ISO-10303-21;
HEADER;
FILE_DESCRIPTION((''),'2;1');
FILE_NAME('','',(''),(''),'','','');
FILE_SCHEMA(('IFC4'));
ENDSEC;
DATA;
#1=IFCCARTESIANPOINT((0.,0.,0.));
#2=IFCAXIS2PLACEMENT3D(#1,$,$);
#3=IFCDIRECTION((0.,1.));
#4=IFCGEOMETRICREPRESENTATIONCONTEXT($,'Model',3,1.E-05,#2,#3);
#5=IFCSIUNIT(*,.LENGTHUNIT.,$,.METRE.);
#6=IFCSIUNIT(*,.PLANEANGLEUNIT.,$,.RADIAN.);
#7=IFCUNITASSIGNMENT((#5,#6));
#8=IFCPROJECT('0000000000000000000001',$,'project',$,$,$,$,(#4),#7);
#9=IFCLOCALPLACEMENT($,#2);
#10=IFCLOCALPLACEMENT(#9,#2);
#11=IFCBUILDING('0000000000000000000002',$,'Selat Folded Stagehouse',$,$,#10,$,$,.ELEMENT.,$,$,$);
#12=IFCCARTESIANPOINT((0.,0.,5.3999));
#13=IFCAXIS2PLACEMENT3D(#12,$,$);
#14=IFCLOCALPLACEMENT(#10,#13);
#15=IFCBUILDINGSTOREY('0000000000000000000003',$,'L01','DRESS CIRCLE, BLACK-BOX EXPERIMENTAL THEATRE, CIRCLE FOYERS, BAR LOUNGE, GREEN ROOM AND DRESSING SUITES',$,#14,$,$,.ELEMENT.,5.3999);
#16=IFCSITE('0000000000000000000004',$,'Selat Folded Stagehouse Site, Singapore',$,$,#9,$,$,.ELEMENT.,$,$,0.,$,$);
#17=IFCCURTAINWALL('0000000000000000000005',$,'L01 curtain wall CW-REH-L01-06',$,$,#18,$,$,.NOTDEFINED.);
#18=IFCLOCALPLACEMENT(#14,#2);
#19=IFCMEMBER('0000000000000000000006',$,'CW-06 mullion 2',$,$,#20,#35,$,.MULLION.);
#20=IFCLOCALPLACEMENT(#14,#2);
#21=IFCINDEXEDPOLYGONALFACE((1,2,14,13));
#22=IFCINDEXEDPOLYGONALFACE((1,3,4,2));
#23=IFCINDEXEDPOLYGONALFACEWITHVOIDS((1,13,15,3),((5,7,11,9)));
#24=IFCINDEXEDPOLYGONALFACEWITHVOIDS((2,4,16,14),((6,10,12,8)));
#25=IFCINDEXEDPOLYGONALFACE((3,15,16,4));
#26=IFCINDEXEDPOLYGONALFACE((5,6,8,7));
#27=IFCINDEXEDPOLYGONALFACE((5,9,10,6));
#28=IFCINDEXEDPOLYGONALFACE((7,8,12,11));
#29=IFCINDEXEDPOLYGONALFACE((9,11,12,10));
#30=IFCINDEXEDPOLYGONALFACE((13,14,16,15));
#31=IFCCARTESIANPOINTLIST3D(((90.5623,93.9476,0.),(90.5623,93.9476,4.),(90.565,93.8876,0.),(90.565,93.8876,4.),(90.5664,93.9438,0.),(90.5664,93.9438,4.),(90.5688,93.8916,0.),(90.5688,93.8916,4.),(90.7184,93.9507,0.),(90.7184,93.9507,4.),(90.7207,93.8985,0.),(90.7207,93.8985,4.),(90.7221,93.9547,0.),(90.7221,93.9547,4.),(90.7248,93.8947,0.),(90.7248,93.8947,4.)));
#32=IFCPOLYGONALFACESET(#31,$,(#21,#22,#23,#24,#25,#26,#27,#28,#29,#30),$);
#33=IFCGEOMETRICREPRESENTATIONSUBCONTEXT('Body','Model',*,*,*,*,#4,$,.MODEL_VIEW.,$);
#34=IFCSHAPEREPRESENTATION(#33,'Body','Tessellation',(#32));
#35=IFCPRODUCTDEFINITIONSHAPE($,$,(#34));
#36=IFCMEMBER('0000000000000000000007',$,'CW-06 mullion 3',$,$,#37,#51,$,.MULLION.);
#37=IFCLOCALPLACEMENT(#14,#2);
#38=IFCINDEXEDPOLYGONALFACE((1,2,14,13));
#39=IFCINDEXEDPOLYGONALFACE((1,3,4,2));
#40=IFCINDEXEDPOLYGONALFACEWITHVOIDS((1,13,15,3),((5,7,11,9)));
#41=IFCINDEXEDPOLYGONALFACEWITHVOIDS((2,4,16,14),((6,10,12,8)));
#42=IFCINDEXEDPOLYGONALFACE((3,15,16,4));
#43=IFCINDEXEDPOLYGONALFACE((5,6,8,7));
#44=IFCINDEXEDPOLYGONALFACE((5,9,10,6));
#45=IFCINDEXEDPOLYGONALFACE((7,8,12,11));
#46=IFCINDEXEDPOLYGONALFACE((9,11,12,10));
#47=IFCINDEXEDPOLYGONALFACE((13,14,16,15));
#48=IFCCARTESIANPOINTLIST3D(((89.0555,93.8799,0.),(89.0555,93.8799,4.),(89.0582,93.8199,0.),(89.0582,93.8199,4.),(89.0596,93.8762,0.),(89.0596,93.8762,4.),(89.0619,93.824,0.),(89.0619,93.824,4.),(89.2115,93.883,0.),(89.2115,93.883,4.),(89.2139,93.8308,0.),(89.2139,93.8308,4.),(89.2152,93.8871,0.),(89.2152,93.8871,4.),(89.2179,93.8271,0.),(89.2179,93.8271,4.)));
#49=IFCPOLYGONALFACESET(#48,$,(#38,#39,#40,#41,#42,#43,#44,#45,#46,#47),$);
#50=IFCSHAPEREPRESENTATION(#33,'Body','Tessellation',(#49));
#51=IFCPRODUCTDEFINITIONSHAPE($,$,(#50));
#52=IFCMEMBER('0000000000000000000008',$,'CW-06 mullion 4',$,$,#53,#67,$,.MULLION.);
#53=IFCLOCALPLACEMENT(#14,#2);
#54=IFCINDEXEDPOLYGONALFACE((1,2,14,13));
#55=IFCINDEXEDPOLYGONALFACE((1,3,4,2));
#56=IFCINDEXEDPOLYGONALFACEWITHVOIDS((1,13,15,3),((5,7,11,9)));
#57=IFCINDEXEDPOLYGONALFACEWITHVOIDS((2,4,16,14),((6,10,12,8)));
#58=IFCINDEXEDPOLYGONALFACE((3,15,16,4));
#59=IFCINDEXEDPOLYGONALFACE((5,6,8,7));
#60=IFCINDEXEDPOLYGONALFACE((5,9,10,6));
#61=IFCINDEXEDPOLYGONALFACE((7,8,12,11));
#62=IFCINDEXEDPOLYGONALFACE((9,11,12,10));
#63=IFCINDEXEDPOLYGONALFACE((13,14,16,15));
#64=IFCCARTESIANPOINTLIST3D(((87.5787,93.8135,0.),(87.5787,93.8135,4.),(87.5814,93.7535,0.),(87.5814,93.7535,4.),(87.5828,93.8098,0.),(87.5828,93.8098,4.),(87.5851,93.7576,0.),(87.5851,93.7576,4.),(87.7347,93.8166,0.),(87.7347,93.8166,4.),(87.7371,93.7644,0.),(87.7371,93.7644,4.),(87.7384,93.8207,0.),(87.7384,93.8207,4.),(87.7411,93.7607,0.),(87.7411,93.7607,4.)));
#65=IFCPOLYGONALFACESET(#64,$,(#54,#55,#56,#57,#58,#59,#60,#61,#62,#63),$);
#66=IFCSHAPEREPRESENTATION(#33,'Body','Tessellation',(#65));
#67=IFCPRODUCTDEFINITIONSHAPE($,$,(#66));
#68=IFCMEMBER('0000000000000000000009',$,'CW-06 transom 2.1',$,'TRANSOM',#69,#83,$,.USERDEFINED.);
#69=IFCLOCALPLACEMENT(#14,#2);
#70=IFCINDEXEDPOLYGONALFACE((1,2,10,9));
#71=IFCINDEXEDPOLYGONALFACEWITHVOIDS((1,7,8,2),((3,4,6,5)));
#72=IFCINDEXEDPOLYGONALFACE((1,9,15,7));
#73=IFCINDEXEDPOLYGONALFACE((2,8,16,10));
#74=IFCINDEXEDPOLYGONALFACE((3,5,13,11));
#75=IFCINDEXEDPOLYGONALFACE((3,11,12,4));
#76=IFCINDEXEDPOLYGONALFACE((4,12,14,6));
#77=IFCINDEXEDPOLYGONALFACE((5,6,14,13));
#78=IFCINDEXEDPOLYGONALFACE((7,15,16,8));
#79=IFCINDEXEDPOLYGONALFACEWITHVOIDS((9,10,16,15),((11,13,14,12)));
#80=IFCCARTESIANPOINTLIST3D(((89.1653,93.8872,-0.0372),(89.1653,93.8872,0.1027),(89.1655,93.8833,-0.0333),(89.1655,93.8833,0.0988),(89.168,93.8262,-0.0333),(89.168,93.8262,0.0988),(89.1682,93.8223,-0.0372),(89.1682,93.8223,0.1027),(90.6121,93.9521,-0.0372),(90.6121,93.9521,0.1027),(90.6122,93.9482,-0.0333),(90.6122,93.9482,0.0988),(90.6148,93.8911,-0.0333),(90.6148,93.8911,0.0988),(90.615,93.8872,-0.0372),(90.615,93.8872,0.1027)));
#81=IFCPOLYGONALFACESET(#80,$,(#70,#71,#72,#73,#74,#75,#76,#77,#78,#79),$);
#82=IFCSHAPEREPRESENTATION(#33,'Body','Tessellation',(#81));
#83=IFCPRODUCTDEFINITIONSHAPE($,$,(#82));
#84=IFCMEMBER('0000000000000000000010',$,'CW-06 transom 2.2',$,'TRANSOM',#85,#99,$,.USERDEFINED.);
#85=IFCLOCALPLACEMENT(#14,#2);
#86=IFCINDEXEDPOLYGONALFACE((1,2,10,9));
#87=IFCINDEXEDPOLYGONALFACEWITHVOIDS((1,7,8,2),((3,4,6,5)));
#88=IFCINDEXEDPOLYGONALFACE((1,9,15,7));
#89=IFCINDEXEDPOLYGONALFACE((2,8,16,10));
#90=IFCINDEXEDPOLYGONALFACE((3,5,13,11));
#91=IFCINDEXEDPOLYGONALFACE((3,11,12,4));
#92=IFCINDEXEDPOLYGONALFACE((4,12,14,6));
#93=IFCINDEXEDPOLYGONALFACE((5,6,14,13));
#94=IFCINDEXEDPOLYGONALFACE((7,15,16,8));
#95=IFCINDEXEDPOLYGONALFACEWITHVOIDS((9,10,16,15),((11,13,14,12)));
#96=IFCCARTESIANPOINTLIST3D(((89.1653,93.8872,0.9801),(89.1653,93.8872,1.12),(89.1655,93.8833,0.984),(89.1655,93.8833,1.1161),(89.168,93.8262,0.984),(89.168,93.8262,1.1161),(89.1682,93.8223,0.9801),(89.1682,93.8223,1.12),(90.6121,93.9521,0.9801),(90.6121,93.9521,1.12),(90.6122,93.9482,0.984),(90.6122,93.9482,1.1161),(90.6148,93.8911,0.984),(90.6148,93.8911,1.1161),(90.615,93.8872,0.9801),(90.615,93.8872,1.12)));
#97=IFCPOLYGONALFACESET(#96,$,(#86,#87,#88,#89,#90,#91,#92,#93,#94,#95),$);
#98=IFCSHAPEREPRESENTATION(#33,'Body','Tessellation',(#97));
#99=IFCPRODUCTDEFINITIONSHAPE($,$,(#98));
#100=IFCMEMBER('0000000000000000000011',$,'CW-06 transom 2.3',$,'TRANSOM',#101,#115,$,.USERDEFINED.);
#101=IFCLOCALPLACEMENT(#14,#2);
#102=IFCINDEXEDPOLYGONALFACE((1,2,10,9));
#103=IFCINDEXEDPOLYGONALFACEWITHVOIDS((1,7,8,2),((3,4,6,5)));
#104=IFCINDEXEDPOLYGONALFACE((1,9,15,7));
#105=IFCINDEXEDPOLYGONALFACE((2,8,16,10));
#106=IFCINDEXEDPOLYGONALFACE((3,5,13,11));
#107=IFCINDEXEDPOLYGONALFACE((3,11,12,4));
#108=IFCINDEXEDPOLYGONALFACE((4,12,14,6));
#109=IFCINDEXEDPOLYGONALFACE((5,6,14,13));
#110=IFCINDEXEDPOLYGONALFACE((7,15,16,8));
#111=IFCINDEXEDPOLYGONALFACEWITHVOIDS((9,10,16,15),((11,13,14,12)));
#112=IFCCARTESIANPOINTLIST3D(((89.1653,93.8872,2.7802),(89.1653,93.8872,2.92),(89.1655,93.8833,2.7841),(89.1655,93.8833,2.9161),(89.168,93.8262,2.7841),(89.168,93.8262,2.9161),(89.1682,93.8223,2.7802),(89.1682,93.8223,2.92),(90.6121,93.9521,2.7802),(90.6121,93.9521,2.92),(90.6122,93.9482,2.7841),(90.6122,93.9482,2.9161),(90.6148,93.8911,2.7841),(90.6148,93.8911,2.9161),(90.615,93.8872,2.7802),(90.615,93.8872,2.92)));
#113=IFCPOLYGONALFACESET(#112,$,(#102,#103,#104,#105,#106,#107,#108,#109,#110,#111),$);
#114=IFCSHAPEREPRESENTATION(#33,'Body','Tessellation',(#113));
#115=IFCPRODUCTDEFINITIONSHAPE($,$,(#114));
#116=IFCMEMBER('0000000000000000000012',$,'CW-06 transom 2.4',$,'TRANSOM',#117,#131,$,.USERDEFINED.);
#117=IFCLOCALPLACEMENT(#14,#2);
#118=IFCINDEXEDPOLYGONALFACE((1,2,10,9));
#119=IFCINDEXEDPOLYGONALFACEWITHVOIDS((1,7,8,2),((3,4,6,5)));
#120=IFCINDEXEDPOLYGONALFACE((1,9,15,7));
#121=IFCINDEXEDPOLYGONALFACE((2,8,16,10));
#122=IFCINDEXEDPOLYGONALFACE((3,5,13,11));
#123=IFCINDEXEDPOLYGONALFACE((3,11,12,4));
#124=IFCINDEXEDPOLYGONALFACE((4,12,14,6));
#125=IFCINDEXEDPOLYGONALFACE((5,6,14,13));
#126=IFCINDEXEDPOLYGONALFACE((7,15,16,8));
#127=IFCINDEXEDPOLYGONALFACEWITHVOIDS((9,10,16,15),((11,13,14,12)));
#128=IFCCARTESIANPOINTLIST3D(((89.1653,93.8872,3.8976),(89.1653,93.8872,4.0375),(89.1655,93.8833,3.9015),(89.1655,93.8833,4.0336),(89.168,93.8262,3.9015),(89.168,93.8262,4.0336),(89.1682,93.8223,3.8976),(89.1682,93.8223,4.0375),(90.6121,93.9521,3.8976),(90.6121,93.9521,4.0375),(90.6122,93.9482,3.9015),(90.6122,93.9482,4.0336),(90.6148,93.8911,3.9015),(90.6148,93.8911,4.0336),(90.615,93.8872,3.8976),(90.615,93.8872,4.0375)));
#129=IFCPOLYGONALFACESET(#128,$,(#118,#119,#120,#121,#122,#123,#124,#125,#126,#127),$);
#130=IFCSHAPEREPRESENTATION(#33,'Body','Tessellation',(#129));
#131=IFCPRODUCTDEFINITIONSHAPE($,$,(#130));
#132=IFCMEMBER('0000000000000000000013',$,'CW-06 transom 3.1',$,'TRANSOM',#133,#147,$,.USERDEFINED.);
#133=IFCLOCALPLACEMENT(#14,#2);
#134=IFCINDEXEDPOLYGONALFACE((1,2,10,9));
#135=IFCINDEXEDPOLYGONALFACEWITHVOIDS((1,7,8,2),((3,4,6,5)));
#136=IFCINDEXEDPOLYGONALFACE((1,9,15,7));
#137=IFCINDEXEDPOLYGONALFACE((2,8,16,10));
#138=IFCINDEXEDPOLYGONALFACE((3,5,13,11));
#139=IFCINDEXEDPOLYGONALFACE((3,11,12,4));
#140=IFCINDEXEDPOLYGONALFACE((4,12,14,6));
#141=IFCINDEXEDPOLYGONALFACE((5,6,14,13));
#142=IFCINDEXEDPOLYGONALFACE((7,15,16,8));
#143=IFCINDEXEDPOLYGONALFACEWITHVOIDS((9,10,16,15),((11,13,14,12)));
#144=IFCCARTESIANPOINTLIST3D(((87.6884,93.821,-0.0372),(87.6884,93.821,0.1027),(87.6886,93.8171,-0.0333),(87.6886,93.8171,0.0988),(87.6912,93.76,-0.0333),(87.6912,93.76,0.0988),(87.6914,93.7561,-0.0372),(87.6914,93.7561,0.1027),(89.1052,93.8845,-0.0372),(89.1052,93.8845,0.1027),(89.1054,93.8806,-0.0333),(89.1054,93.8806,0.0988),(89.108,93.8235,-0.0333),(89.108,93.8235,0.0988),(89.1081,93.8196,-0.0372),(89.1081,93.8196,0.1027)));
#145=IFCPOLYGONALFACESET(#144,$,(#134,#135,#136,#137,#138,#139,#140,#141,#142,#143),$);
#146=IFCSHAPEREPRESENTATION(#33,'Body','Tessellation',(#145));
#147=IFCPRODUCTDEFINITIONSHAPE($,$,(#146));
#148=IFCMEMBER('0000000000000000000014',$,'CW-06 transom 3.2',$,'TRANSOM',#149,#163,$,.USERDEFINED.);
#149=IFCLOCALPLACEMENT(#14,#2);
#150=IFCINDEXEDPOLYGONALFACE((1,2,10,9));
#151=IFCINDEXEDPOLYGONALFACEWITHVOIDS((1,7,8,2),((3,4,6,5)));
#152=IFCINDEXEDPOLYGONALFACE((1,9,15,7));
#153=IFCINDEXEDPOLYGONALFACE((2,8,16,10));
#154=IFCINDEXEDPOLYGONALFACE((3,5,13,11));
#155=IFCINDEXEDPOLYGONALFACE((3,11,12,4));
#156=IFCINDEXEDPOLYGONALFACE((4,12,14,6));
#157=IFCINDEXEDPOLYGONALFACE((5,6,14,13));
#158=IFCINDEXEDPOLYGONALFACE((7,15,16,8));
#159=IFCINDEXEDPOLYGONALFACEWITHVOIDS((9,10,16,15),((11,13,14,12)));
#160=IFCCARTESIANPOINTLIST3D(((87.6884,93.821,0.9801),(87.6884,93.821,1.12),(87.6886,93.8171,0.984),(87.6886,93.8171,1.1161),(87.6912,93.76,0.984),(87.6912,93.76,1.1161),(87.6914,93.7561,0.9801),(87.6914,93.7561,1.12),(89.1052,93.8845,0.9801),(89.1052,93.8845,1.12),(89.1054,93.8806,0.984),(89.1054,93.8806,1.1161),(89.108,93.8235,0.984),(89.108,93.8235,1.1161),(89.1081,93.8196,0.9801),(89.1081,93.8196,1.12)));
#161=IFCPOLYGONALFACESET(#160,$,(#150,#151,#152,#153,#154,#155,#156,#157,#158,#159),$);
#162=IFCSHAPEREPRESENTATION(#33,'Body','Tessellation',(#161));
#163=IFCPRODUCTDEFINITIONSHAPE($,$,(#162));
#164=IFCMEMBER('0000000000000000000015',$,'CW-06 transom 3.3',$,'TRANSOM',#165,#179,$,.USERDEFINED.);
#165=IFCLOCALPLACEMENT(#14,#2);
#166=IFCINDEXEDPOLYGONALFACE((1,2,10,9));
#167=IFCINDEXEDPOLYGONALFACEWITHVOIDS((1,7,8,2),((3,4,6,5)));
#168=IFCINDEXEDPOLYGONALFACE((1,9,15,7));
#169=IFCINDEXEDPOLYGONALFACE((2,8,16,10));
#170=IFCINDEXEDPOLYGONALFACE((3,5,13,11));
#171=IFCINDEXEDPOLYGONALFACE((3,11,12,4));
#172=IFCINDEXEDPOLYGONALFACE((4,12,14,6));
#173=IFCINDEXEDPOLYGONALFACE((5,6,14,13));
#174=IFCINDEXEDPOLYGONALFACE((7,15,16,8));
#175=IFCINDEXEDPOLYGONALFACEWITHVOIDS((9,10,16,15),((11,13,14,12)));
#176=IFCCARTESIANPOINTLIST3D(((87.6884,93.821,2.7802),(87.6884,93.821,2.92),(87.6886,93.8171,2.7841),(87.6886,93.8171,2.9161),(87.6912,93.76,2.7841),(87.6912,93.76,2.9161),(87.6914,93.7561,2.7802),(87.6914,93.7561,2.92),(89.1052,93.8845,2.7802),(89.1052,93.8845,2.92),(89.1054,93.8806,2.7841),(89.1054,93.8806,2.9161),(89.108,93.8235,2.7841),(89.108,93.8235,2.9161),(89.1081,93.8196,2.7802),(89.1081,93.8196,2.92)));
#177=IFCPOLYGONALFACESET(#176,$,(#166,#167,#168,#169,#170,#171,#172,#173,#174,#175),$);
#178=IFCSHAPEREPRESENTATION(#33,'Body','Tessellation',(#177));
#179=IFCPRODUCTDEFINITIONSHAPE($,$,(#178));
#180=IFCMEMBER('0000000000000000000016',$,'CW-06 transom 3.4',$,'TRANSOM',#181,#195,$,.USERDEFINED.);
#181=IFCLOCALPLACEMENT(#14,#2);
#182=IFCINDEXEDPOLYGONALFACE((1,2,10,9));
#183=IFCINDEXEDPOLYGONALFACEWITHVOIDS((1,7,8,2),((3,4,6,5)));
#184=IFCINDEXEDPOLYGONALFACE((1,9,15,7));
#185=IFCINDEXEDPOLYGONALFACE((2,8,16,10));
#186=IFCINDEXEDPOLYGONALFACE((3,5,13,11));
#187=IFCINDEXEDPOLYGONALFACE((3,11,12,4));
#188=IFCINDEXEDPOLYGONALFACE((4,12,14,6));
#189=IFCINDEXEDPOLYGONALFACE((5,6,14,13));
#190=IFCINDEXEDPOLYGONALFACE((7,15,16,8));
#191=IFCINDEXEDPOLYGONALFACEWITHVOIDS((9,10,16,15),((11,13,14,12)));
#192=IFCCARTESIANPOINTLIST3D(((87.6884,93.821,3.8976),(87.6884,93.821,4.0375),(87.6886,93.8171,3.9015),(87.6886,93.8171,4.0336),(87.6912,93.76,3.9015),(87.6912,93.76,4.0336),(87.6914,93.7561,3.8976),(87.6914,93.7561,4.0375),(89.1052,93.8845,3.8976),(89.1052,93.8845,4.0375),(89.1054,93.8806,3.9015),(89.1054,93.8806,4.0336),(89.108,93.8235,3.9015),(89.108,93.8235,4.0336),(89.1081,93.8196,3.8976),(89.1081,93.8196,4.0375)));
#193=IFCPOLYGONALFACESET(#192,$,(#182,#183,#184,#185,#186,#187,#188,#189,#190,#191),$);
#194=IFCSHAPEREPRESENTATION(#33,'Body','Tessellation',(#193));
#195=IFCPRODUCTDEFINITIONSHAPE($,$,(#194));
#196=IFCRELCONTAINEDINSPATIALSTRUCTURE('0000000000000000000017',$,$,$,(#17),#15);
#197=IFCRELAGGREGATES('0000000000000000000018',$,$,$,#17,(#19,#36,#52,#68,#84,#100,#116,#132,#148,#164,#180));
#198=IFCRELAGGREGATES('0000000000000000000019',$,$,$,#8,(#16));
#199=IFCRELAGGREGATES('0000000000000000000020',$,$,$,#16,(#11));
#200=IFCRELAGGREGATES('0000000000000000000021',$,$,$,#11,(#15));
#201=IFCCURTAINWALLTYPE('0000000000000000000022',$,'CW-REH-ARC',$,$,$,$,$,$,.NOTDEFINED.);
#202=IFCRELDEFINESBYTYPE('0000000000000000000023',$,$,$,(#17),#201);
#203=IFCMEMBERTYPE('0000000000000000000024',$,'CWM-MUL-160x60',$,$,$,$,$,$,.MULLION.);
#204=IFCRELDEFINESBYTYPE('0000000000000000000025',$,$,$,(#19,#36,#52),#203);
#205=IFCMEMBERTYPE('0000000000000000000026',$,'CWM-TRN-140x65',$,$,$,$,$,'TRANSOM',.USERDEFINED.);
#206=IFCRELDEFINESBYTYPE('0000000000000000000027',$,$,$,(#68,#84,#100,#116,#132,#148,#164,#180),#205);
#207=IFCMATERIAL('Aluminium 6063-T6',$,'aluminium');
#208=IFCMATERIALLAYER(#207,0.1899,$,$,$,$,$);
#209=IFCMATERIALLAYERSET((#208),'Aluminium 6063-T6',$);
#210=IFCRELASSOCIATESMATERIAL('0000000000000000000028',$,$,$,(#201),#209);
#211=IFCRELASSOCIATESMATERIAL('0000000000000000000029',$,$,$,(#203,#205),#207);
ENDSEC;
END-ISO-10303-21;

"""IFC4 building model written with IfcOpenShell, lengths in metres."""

from ifc_helpers import new_model, si_unit, direction, frame, origin, origin_2d, place, context, subcontext, project, spatial, hollow_rectangle, extrude, material, layer, layer_set, material_profile, profile_set, type_object, element, aggregate, save


model = new_model("IFC4")

# Units and contexts
model_context = context("Model", 3, precision=1e-05, world=origin(), true_north=direction((0.0, 1.0)))
body_context = subcontext(model_context, "Body", "Model", "MODEL_VIEW")
ifc_project = project(units=[si_unit("LENGTHUNIT", "METRE"), si_unit("PLANEANGLEUNIT", "RADIAN")], contexts=[model_context])

# Site, building, storey
site_placement = place(None, origin())
site = spatial("IfcSite", under=ifc_project, at=site_placement, Name="Selat Folded Stagehouse Site, Singapore", CompositionType="ELEMENT", RefElevation=0.0)
building_placement = place(site_placement, origin())
building = spatial("IfcBuilding", under=site, at=building_placement, Name="Selat Folded Stagehouse", CompositionType="ELEMENT")
storey_placement = place(building_placement, frame((0.0, 0.0, 5.3999)))
storey = spatial("IfcBuildingStorey", under=building, at=storey_placement, Name="L01", Description="DRESS CIRCLE, BLACK-BOX EXPERIMENTAL THEATRE, CIRCLE FOYERS, BAR LOUNGE, GREEN ROOM AND DRESSING SUITES", CompositionType="ELEMENT", Elevation=5.3999)

# Curtain wall, members
ifc_material_1 = material(Name="Aluminium 6063-T6", Category="aluminium")
ifc_layer_1 = layer(ifc_material_1, 0.1899)
ifc_layer_set_1 = layer_set([ifc_layer_1], Name="Aluminium 6063-T6")
curtain_wall_type = type_object("IfcCurtainWallType", Name="CW-REH-ARC", PredefinedType="NOTDEFINED", material=ifc_layer_set_1)
curtain_wall_placement = place(storey_placement, origin())
curtain_wall = element("IfcCurtainWall", 1, at=curtain_wall_placement, inside=storey, type_object=curtain_wall_type, Name="L01 curtain wall CW-REH-L01-06", PredefinedType="NOTDEFINED")
ifc_material_profile_1 = material_profile(ifc_material_1, hollow_rectangle(XDim=0.0601, YDim=0.1599, WallThickness=0.0039, at=origin_2d()), Name="ALU 160x60x4.0")
ifc_profile_set_1 = profile_set([ifc_material_profile_1], Name="Aluminium 6063-T6")
member_type_1 = type_object("IfcMemberType", Name="CWM-MUL-160x60", PredefinedType="MULLION", material=ifc_profile_set_1)
member_1_placement = place(storey_placement, frame((90.6436, 93.9211, 0.0), z_axis=(0.0, 0.0, 1.0), x_axis=(0.044862, -0.998993, 0.0)))
member_1 = element("IfcMember", 2, at=member_1_placement, type_object=member_type_1, Name="CW-06 mullion 2", PredefinedType="MULLION", context=body_context, shape_type="SweptSolid", body=[
    extrude(hollow_rectangle(XDim=0.0601, YDim=0.1599, WallThickness=0.0039, at=origin_2d()), origin(), (0.0, 0.0, 1.0), 4.0),
])
member_2_placement = place(storey_placement, frame((89.1367, 93.8535, 0.0), z_axis=(0.0, 0.0, 1.0), x_axis=(0.044862, -0.998993, 0.0)))
member_2 = element("IfcMember", 3, at=member_2_placement, type_object=member_type_1, Name="CW-06 mullion 3", PredefinedType="MULLION", context=body_context, shape_type="SweptSolid", body=[
    extrude(hollow_rectangle(XDim=0.0601, YDim=0.1599, WallThickness=0.0039, at=origin_2d()), origin(), (0.0, 0.0, 1.0), 4.0),
])
member_3_placement = place(storey_placement, frame((87.6599, 93.7871, 0.0), z_axis=(0.0, 0.0, 1.0), x_axis=(0.044862, -0.998993, 0.0)))
member_3 = element("IfcMember", 4, at=member_3_placement, type_object=member_type_1, Name="CW-06 mullion 4", PredefinedType="MULLION", context=body_context, shape_type="SweptSolid", body=[
    extrude(hollow_rectangle(XDim=0.0601, YDim=0.1599, WallThickness=0.0039, at=origin_2d()), origin(), (0.0, 0.0, 1.0), 4.0),
])
ifc_material_profile_2 = material_profile(ifc_material_1, hollow_rectangle(XDim=0.0649, YDim=0.1399, WallThickness=0.0039, at=origin_2d()), Name="ALU 140x65x4.0")
ifc_profile_set_2 = profile_set([ifc_material_profile_2], Name="Aluminium 6063-T6")
member_type_2 = type_object("IfcMemberType", Name="CWM-TRN-140x65", ElementType="TRANSOM", PredefinedType="USERDEFINED", material=ifc_profile_set_2)
member_4_placement = place(storey_placement, frame((90.6135, 93.9197, 0.0327), z_axis=(-0.998994, -0.044842, 0.0), x_axis=(0.044842, -0.998994, 0.0)))
member_4 = element("IfcMember", 5, at=member_4_placement, type_object=member_type_2, Name="CW-06 transom 2.1", ObjectType="TRANSOM", PredefinedType="USERDEFINED", context=body_context, shape_type="SweptSolid", body=[
    extrude(hollow_rectangle(XDim=0.0649, YDim=0.1399, WallThickness=0.0039, at=origin_2d()), origin(), (0.0, 0.0, 1.0), 1.4482),
])
member_5_placement = place(storey_placement, frame((90.6135, 93.9197, 1.05), z_axis=(-0.998994, -0.044842, 0.0), x_axis=(0.044842, -0.998994, 0.0)))
member_5 = element("IfcMember", 6, at=member_5_placement, type_object=member_type_2, Name="CW-06 transom 2.2", ObjectType="TRANSOM", PredefinedType="USERDEFINED", context=body_context, shape_type="SweptSolid", body=[
    extrude(hollow_rectangle(XDim=0.0649, YDim=0.1399, WallThickness=0.0039, at=origin_2d()), origin(), (0.0, 0.0, 1.0), 1.4482),
])
member_6_placement = place(storey_placement, frame((90.6135, 93.9197, 2.8501), z_axis=(-0.998994, -0.044842, 0.0), x_axis=(0.044842, -0.998994, 0.0)))
member_6 = element("IfcMember", 7, at=member_6_placement, type_object=member_type_2, Name="CW-06 transom 2.3", ObjectType="TRANSOM", PredefinedType="USERDEFINED", context=body_context, shape_type="SweptSolid", body=[
    extrude(hollow_rectangle(XDim=0.0649, YDim=0.1399, WallThickness=0.0039, at=origin_2d()), origin(), (0.0, 0.0, 1.0), 1.4482),
])
member_7_placement = place(storey_placement, frame((90.6135, 93.9197, 3.9675), z_axis=(-0.998994, -0.044842, 0.0), x_axis=(0.044842, -0.998994, 0.0)))
member_7 = element("IfcMember", 8, at=member_7_placement, type_object=member_type_2, Name="CW-06 transom 2.4", ObjectType="TRANSOM", PredefinedType="USERDEFINED", context=body_context, shape_type="SweptSolid", body=[
    extrude(hollow_rectangle(XDim=0.0649, YDim=0.1399, WallThickness=0.0039, at=origin_2d()), origin(), (0.0, 0.0, 1.0), 1.4482),
])
member_8_placement = place(storey_placement, frame((89.1067, 93.8521, 0.0327), z_axis=(-0.998998, -0.04476, 0.0), x_axis=(0.04476, -0.998998, 0.0)))
member_8 = element("IfcMember", 9, at=member_8_placement, type_object=member_type_2, Name="CW-06 transom 3.1", ObjectType="TRANSOM", PredefinedType="USERDEFINED", context=body_context, shape_type="SweptSolid", body=[
    extrude(hollow_rectangle(XDim=0.0649, YDim=0.1399, WallThickness=0.0039, at=origin_2d()), origin(), (0.0, 0.0, 1.0), 1.4182),
])
member_9_placement = place(storey_placement, frame((89.1067, 93.8521, 1.05), z_axis=(-0.998998, -0.04476, 0.0), x_axis=(0.04476, -0.998998, 0.0)))
member_9 = element("IfcMember", 10, at=member_9_placement, type_object=member_type_2, Name="CW-06 transom 3.2", ObjectType="TRANSOM", PredefinedType="USERDEFINED", context=body_context, shape_type="SweptSolid", body=[
    extrude(hollow_rectangle(XDim=0.0649, YDim=0.1399, WallThickness=0.0039, at=origin_2d()), origin(), (0.0, 0.0, 1.0), 1.4182),
])
member_10_placement = place(storey_placement, frame((89.1067, 93.8521, 2.8501), z_axis=(-0.998998, -0.04476, 0.0), x_axis=(0.04476, -0.998998, 0.0)))
member_10 = element("IfcMember", 11, at=member_10_placement, type_object=member_type_2, Name="CW-06 transom 3.3", ObjectType="TRANSOM", PredefinedType="USERDEFINED", context=body_context, shape_type="SweptSolid", body=[
    extrude(hollow_rectangle(XDim=0.0649, YDim=0.1399, WallThickness=0.0039, at=origin_2d()), origin(), (0.0, 0.0, 1.0), 1.4182),
])
member_11_placement = place(storey_placement, frame((89.1067, 93.8521, 3.9675), z_axis=(-0.998998, -0.04476, 0.0), x_axis=(0.04476, -0.998998, 0.0)))
member_11 = element("IfcMember", 12, at=member_11_placement, type_object=member_type_2, Name="CW-06 transom 3.4", ObjectType="TRANSOM", PredefinedType="USERDEFINED", context=body_context, shape_type="SweptSolid", body=[
    extrude(hollow_rectangle(XDim=0.0649, YDim=0.1399, WallThickness=0.0039, at=origin_2d()), origin(), (0.0, 0.0, 1.0), 1.4182),
])
aggregate(curtain_wall, [member_1, member_2, member_3, member_4, member_5, member_6, member_7, member_8, member_9, member_10, member_11])

save(model, "model.ifc")
